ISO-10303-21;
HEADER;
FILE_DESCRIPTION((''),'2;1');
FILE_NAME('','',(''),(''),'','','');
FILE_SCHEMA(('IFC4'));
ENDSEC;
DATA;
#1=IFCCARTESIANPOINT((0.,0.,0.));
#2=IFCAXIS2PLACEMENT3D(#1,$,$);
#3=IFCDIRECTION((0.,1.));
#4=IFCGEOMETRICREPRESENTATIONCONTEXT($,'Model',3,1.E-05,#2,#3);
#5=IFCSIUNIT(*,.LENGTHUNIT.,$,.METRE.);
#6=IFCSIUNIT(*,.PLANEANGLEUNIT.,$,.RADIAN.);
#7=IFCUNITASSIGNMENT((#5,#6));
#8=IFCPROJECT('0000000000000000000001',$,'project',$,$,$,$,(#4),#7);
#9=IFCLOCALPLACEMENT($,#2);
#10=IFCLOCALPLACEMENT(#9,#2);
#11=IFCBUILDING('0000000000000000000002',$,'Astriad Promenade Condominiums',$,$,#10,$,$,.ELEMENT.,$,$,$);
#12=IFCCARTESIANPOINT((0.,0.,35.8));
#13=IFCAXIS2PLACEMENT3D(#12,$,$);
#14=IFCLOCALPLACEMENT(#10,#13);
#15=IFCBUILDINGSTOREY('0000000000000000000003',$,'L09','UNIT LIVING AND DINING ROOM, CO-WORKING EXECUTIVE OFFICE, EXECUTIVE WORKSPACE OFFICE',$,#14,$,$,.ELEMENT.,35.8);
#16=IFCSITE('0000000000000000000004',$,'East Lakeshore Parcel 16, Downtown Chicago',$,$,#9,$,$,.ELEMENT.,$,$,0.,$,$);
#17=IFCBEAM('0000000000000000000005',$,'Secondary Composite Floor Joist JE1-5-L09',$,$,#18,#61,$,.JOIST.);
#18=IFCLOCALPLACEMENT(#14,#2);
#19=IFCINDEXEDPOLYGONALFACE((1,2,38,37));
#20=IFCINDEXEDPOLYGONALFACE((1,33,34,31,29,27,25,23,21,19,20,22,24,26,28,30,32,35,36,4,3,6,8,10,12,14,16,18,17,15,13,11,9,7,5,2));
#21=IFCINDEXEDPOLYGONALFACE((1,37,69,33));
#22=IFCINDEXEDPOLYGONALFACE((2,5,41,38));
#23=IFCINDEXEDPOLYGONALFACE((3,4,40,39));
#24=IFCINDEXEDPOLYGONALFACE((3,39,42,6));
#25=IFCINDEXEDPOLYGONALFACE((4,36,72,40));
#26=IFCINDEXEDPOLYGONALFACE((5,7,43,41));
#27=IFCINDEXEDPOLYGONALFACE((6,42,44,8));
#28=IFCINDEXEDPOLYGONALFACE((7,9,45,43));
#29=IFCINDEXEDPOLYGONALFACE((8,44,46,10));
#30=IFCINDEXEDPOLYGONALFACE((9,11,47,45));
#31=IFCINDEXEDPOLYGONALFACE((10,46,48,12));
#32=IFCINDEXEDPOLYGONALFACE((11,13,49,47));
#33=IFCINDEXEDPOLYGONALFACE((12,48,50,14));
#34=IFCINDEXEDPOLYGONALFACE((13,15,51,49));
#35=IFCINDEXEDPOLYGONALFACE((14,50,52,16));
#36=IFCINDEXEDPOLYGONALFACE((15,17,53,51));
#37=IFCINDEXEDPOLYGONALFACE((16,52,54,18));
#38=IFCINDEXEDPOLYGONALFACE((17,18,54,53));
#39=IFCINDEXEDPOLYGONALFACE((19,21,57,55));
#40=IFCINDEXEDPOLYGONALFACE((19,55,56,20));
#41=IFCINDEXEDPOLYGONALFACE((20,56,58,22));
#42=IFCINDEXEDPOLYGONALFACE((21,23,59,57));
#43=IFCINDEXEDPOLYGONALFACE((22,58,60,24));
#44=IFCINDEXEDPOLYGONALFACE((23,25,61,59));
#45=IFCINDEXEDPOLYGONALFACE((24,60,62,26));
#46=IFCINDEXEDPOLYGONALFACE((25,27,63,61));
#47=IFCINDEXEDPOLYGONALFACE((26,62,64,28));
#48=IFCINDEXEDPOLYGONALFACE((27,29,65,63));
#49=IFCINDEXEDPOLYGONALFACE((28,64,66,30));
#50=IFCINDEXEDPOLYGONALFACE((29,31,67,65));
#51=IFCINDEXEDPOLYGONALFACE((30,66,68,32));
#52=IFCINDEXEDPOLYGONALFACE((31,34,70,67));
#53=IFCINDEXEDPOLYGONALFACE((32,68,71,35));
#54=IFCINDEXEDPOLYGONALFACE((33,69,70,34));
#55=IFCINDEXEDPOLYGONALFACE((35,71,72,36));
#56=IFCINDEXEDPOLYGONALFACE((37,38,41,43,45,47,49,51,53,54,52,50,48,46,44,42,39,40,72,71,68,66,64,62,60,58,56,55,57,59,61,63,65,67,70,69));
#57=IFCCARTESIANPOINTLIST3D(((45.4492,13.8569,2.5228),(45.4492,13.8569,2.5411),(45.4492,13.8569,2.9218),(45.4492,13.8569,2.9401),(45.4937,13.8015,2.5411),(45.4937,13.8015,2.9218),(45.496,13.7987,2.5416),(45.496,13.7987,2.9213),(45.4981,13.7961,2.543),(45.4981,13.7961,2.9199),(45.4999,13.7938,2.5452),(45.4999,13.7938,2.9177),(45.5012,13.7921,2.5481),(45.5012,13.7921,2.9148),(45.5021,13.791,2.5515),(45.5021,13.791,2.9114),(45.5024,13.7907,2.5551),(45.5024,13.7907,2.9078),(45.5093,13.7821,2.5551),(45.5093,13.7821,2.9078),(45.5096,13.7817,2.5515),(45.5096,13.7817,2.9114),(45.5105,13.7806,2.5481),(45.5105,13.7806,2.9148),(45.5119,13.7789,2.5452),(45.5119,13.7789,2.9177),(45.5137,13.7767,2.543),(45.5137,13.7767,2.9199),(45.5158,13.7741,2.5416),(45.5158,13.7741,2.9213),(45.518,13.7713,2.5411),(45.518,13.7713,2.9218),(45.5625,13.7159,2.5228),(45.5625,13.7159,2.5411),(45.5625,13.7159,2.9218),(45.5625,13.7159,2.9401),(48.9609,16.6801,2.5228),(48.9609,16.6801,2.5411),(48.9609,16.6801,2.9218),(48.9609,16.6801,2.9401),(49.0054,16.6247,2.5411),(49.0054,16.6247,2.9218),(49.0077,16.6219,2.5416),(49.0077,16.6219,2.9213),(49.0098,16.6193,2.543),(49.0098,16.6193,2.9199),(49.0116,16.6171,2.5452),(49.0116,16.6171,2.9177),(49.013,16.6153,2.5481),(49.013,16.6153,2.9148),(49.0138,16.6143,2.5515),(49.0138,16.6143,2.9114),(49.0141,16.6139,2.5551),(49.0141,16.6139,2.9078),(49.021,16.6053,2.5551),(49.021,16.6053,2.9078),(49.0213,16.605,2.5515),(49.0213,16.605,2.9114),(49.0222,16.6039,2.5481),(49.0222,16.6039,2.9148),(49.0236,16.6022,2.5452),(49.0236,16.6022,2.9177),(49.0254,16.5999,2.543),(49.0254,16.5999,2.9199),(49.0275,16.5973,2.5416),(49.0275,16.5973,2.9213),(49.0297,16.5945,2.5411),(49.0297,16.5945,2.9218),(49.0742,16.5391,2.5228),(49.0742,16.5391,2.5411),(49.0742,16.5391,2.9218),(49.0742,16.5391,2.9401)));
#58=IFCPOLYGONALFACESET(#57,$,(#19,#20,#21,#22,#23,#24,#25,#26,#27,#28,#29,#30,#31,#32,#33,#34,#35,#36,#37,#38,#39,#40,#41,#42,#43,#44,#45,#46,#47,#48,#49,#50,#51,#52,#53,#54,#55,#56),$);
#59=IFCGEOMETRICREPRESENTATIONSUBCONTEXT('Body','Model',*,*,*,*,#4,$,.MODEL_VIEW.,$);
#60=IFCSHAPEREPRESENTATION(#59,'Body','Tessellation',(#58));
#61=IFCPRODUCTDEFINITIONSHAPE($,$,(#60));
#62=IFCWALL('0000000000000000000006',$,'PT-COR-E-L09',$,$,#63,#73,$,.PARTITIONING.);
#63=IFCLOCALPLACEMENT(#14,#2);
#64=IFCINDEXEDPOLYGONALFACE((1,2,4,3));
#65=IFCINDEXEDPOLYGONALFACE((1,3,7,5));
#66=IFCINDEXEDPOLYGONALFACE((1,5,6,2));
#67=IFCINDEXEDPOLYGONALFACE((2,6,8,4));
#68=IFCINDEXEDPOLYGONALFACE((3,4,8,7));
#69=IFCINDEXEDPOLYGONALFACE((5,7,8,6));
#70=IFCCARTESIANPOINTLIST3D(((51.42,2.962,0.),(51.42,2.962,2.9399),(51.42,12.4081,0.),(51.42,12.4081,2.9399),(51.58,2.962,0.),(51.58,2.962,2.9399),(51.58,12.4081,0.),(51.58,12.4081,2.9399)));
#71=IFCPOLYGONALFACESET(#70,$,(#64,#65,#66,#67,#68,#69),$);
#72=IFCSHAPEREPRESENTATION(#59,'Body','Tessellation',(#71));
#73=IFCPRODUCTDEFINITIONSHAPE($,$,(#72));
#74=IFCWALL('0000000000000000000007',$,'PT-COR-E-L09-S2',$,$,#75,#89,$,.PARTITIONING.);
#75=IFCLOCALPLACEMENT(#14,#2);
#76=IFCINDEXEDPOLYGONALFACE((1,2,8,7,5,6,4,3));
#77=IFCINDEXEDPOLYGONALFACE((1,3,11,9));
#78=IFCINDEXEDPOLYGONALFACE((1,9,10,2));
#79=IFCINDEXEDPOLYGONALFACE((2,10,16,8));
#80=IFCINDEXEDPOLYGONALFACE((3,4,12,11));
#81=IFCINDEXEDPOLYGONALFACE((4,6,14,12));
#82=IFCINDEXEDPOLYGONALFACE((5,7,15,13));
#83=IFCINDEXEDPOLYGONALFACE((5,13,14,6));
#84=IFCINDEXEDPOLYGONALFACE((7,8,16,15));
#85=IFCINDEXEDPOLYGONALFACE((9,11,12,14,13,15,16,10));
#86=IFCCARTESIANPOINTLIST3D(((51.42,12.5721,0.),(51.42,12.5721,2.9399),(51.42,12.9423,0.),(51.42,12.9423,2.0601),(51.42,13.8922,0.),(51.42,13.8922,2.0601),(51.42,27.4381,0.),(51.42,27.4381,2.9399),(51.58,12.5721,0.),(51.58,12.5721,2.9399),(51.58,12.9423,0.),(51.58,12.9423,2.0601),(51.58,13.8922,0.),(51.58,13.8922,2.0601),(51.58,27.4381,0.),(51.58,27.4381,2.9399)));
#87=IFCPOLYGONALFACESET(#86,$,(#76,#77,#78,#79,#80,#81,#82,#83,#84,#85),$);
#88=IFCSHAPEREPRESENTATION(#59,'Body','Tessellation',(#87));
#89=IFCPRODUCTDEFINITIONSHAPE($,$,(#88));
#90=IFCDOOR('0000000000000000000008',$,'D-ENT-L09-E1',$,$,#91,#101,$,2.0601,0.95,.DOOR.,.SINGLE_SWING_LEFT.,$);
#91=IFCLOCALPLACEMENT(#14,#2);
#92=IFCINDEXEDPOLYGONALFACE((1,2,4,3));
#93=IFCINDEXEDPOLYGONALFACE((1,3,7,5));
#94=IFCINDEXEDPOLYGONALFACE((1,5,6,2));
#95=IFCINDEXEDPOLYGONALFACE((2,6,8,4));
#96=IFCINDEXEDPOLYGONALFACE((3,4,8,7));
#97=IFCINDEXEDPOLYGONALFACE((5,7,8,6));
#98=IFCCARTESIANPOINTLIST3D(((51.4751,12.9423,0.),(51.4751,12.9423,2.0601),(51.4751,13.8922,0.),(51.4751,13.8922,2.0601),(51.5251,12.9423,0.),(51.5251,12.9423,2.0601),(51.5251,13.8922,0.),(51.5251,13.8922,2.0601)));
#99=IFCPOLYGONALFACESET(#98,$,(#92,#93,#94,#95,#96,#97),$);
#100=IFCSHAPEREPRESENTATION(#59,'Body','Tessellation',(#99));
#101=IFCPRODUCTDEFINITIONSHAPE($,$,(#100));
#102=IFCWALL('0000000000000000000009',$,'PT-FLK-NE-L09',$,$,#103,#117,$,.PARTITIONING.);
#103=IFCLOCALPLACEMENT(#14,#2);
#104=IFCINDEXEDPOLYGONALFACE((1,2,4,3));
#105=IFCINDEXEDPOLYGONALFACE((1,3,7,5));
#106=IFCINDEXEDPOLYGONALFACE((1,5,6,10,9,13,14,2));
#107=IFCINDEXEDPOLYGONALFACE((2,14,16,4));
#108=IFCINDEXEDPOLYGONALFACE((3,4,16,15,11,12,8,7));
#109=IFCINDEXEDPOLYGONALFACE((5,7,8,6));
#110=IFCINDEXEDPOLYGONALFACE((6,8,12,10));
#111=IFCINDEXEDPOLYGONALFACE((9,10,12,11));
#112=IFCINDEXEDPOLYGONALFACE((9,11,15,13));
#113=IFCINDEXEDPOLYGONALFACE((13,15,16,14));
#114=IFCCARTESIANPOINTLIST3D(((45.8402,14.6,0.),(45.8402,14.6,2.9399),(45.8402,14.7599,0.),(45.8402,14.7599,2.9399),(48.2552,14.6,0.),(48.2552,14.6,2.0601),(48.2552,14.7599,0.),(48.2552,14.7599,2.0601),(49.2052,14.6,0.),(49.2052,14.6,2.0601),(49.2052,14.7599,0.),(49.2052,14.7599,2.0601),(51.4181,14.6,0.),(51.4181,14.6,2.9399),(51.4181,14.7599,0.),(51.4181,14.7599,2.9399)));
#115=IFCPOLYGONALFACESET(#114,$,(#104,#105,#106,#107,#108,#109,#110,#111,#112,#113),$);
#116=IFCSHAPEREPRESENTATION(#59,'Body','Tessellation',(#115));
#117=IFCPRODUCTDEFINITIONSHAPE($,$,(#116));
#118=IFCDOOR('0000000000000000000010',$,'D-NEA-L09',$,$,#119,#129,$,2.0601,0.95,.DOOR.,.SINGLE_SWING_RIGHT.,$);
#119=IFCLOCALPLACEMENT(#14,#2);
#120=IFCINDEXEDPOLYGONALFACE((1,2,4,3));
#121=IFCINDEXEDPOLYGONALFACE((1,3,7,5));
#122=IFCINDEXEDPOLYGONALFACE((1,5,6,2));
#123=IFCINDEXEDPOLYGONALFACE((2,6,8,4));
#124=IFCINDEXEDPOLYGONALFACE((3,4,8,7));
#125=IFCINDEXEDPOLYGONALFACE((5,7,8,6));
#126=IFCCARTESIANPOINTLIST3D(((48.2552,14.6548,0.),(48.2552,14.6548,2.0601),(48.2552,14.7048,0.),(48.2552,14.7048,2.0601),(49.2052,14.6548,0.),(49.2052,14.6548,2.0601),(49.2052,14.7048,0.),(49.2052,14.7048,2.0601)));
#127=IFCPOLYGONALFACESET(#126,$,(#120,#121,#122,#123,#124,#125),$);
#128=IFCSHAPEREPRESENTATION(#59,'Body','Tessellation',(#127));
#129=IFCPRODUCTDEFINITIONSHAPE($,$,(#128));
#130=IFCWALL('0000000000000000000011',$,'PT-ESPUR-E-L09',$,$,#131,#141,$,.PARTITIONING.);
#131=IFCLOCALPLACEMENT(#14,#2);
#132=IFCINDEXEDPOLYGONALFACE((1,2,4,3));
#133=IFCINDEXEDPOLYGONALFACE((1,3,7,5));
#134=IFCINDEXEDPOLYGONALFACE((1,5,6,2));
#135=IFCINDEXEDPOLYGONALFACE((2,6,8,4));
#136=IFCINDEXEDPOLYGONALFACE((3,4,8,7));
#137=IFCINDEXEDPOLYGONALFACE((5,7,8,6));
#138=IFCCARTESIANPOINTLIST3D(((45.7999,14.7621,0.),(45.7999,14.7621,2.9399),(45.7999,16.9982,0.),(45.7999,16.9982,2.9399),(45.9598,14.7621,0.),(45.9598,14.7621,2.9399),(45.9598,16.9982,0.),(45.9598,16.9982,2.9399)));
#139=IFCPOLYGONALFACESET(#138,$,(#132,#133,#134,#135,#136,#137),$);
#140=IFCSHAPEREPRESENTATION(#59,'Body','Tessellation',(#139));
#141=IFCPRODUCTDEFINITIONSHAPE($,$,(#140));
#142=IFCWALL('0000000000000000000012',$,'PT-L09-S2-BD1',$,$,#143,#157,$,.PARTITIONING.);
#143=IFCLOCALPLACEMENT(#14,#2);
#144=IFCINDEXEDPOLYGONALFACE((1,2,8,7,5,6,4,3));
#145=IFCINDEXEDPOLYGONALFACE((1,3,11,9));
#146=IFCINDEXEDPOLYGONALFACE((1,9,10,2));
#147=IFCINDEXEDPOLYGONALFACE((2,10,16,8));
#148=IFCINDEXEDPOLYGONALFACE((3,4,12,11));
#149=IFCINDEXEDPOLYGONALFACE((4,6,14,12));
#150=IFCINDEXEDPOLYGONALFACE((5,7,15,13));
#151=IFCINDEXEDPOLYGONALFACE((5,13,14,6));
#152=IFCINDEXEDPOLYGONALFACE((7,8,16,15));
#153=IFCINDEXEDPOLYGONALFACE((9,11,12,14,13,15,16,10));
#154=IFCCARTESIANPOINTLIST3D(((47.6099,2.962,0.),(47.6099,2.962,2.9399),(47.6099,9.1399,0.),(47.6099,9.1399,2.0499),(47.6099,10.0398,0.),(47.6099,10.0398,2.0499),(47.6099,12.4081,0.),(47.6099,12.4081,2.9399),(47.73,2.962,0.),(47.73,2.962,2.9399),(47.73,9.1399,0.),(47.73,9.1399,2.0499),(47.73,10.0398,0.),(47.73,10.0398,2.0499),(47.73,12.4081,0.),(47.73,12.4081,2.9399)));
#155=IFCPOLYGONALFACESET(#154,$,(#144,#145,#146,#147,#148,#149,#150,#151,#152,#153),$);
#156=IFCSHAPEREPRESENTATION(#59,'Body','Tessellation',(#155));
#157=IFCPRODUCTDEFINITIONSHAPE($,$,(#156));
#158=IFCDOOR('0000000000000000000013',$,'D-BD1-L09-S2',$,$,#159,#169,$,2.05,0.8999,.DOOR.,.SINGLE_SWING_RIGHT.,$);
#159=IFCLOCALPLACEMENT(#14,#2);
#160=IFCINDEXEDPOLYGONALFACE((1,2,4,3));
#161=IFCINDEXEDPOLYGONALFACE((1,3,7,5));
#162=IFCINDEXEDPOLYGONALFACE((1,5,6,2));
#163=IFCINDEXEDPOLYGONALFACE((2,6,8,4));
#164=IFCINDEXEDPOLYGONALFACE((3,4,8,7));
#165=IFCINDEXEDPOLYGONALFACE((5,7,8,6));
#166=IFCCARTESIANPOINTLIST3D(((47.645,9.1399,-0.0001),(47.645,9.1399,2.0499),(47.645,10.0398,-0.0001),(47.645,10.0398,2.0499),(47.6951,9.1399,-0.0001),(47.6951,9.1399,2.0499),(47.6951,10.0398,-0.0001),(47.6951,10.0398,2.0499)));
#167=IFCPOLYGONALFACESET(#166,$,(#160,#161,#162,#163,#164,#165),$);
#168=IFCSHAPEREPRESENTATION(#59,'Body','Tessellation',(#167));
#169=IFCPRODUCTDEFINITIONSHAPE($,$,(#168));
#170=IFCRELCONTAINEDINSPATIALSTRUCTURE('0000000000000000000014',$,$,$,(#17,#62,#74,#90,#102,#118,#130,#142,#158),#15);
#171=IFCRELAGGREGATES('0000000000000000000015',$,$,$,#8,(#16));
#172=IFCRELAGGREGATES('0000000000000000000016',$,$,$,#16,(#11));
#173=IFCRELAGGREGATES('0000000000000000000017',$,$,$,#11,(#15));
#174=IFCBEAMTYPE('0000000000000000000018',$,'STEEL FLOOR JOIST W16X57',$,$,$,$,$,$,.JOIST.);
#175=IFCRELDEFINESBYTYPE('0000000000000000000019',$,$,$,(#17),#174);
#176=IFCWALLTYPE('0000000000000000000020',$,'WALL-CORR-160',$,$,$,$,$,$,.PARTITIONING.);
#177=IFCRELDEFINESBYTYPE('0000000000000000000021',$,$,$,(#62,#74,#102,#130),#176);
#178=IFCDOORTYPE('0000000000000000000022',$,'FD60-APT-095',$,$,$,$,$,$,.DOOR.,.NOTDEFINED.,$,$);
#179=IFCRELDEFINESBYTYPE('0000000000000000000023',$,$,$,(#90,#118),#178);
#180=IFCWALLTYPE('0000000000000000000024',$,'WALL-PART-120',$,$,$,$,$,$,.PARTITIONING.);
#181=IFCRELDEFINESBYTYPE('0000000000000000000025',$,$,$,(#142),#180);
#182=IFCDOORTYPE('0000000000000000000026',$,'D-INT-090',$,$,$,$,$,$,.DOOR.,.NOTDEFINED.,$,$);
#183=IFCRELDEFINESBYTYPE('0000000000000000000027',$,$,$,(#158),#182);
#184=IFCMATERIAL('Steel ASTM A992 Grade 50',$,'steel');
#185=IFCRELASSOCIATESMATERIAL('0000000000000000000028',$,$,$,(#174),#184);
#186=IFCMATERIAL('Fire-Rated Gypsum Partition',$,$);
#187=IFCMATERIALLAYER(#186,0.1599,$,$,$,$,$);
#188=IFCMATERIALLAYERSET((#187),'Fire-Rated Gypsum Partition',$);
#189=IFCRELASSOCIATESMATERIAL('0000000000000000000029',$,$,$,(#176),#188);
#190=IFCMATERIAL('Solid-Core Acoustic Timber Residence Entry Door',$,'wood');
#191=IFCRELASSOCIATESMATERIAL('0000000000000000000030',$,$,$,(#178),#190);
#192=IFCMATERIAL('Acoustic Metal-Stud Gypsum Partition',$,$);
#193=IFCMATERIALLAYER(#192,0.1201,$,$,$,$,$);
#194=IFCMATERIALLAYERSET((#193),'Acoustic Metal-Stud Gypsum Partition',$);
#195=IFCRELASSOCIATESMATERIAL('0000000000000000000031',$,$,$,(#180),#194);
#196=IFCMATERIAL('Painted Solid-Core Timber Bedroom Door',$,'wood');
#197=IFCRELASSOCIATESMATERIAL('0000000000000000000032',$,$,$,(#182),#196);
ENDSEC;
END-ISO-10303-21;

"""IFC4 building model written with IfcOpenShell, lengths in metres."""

from ifc_helpers import new_model, si_unit, direction, frame, frame_2d, origin, origin_2d, place, context, subcontext, project, spatial, rectangle, i_section, extrude, source, transform, mapped, material, layer, layer_set, material_profile, profile_set, type_object, type_shapes, element, fill, save


model = new_model("IFC4")

# Units and contexts
model_context = context("Model", 3, precision=1e-05, world=origin(), true_north=direction((0.0, 1.0)))
body_context = subcontext(model_context, "Body", "Model", "MODEL_VIEW")
ifc_project = project(units=[si_unit("LENGTHUNIT", "METRE"), si_unit("PLANEANGLEUNIT", "RADIAN")], contexts=[model_context])

# Site, building, storey
site_placement = place(None, origin())
site = spatial("IfcSite", under=ifc_project, at=site_placement, Name="East Lakeshore Parcel 16, Downtown Chicago", CompositionType="ELEMENT", RefElevation=0.0)
building_placement = place(site_placement, origin())
building = spatial("IfcBuilding", under=site, at=building_placement, Name="Astriad Promenade Condominiums", CompositionType="ELEMENT")
storey_placement = place(building_placement, frame((0.0, 0.0, 35.8)))
storey = spatial("IfcBuildingStorey", under=building, at=storey_placement, Name="L09", Description="UNIT LIVING AND DINING ROOM, CO-WORKING EXECUTIVE OFFICE, EXECUTIVE WORKSPACE OFFICE", CompositionType="ELEMENT", Elevation=35.8)

# Beam
ifc_material_1 = material(Name="Steel ASTM A992 Grade 50", Category="steel")
ifc_material_profile_1 = material_profile(ifc_material_1, i_section(OverallWidth=0.1809, OverallDepth=0.4172, WebThickness=0.011, FlangeThickness=0.0183, FilletRadius=0.0139, at=origin_2d()), Name="W16X57")
ifc_profile_set_1 = profile_set([ifc_material_profile_1], Name="Steel ASTM A992 Grade 50")
beam_type_1 = type_object("IfcBeamType", Name="STEEL FLOOR JOIST W16X57", PredefinedType="JOIST", material=ifc_profile_set_1)
shared_shape_1 = source(origin(), body_context, "Body", "SweptSolid", [
    extrude(i_section(OverallWidth=0.1809, OverallDepth=0.4172, WebThickness=0.011, FlangeThickness=0.0183, FilletRadius=0.0139, at=origin_2d()), origin(), (0.0, 0.0, 1.0), 4.5059),
])
beam_1_placement = place(storey_placement, frame((45.5059, 13.7864, 2.7314), z_axis=(0.779365, 0.62657, 0.0), x_axis=(-0.62657, 0.779365, 0.0)))
element("IfcBeam", 1, at=beam_1_placement, inside=storey, type_object=beam_type_1, Name="Secondary Composite Floor Joist JE1-5-L09", PredefinedType="JOIST", context=body_context, shape_type="MappedRepresentation", body=[
    mapped(shared_shape_1, transform((0.0, 0.0, 0.0), scale=1.0)),
])

# Wall
ifc_material_2 = material(Name="Fire-Rated Gypsum Partition")
ifc_layer_1 = layer(ifc_material_2, 0.1599)
ifc_layer_set_1 = layer_set([ifc_layer_1], Name="Fire-Rated Gypsum Partition")
wall_type_1 = type_object("IfcWallType", Name="WALL-CORR-160", PredefinedType="PARTITIONING", material=ifc_layer_set_1)
wall_1_placement = place(storey_placement, frame((51.5, 2.9619, 0.0), z_axis=(0.0, 0.0, 1.0), x_axis=(0.0, 1.0, 0.0)))
element("IfcWall", 2, at=wall_1_placement, inside=storey, type_object=wall_type_1, Name="PT-COR-E-L09", PredefinedType="PARTITIONING", context=body_context, shape_type="SweptSolid", body=[
    extrude(rectangle(XDim=9.446, YDim=0.1599, at=frame_2d((4.7231, 0.0))), origin(), (0.0, 0.0, 1.0), 2.9399),
])

# Walls, openings, doors
wall_2_placement = place(storey_placement, frame((51.5, 12.572, 0.0), z_axis=(0.0, 0.0, 1.0), x_axis=(0.0, 1.0, 0.0)))
wall_2 = element("IfcWall", 3, at=wall_2_placement, inside=storey, type_object=wall_type_1, Name="PT-COR-E-L09-S2", PredefinedType="PARTITIONING", context=body_context, shape_type="SweptSolid", body=[
    extrude(rectangle(XDim=14.866, YDim=0.1599, at=frame_2d((7.4331, 0.0))), origin(), (0.0, 0.0, 1.0), 2.9399),
])
opening_1_placement = place(wall_2_placement, frame((0.3701, 0.0, 0.0)))
opening_1 = element("IfcOpeningElement", 4, at=opening_1_placement, cuts=wall_2, PredefinedType="OPENING", context=body_context, shape_type="SweptSolid", body=[
    extrude(rectangle(XDim=0.95, YDim=2.0601, at=frame_2d((0.4751, 1.03))), frame((0.0, 0.0898, 0.0), z_axis=(0.0, -1.0, 0.0), x_axis=(1.0, 0.0, 0.0)), (0.0, 0.0, 1.0), 0.1799),
])
ifc_material_3 = material(Name="Solid-Core Acoustic Timber Residence Entry Door", Category="wood")
door_type_1 = type_object("IfcDoorType", Name="FD60-APT-095", OperationType="NOTDEFINED", PredefinedType="DOOR", material=ifc_material_3)
shared_shape_2 = source(origin(), body_context, "Body", "SweptSolid", [
    extrude(rectangle(XDim=0.95, YDim=2.0601, at=frame_2d((0.4751, 1.03))), frame((0.0, 0.0249, 0.0), z_axis=(0.0, -1.0, 0.0), x_axis=(1.0, 0.0, 0.0)), (0.0, 0.0, 1.0), 0.05),
])
type_shapes(door_type_1, [shared_shape_2])
door_1_placement = place(opening_1_placement, origin())
door_1 = element("IfcDoor", 5, at=door_1_placement, inside=storey, type_object=door_type_1, Name="D-ENT-L09-E1", OperationType="SINGLE_SWING_LEFT", OverallHeight=2.0601, OverallWidth=0.95, PredefinedType="DOOR", context=body_context, shape_type="MappedRepresentation", body=[
    mapped(shared_shape_2, transform((0.0, 0.0, 0.0), scale=1.0)),
])
fill(opening_1, door_1)
wall_3_placement = place(storey_placement, frame((45.8401, 14.6799, 0.0), z_axis=(0.0, 0.0, 1.0), x_axis=(1.0, 0.0, 0.0)))
wall_3 = element("IfcWall", 6, at=wall_3_placement, inside=storey, type_object=wall_type_1, Name="PT-FLK-NE-L09", PredefinedType="PARTITIONING", context=body_context, shape_type="SweptSolid", body=[
    extrude(rectangle(XDim=5.5779, YDim=0.1599, at=frame_2d((2.7891, 0.0))), origin(), (0.0, 0.0, 1.0), 2.9399),
])
opening_2_placement = place(wall_3_placement, frame((2.415, 0.0, 0.0)))
opening_2 = element("IfcOpeningElement", 7, at=opening_2_placement, cuts=wall_3, PredefinedType="OPENING", context=body_context, shape_type="SweptSolid", body=[
    extrude(rectangle(XDim=0.95, YDim=2.0601, at=frame_2d((0.4751, 1.03))), frame((0.0, 0.0898, 0.0), z_axis=(0.0, -1.0, 0.0), x_axis=(1.0, 0.0, 0.0)), (0.0, 0.0, 1.0), 0.1799),
])
door_2_placement = place(opening_2_placement, origin())
door_2 = element("IfcDoor", 8, at=door_2_placement, inside=storey, type_object=door_type_1, Name="D-NEA-L09", OperationType="SINGLE_SWING_RIGHT", OverallHeight=2.0601, OverallWidth=0.95, PredefinedType="DOOR", context=body_context, shape_type="MappedRepresentation", body=[
    mapped(shared_shape_2, transform((0.0, 0.0, 0.0), scale=1.0)),
])
fill(opening_2, door_2)

# Wall
wall_4_placement = place(storey_placement, frame((45.8799, 14.762, 0.0), z_axis=(0.0, 0.0, 1.0), x_axis=(0.0, 1.0, 0.0)))
element("IfcWall", 9, at=wall_4_placement, inside=storey, type_object=wall_type_1, Name="PT-ESPUR-E-L09", PredefinedType="PARTITIONING", context=body_context, shape_type="SweptSolid", body=[
    extrude(rectangle(XDim=2.2361, YDim=0.1599, at=frame_2d((1.1182, 0.0))), origin(), (0.0, 0.0, 1.0), 2.9399),
])

# Wall, opening, door
ifc_material_4 = material(Name="Acoustic Metal-Stud Gypsum Partition")
ifc_layer_2 = layer(ifc_material_4, 0.1201)
ifc_layer_set_2 = layer_set([ifc_layer_2], Name="Acoustic Metal-Stud Gypsum Partition")
wall_type_2 = type_object("IfcWallType", Name="WALL-PART-120", PredefinedType="PARTITIONING", material=ifc_layer_set_2)
wall_5_placement = place(storey_placement, frame((47.6699, 2.9619, 0.0), z_axis=(0.0, 0.0, 1.0), x_axis=(0.0, 1.0, 0.0)))
wall_5 = element("IfcWall", 10, at=wall_5_placement, inside=storey, type_object=wall_type_2, Name="PT-L09-S2-BD1", PredefinedType="PARTITIONING", context=body_context, shape_type="SweptSolid", body=[
    extrude(rectangle(XDim=9.446, YDim=0.1201, at=frame_2d((4.7231, 0.0))), origin(), (0.0, 0.0, 1.0), 2.9399),
])
opening_3_placement = place(wall_5_placement, frame((6.178, 0.0, 0.0)))
opening_3 = element("IfcOpeningElement", 11, at=opening_3_placement, cuts=wall_5, PredefinedType="OPENING", context=body_context, shape_type="SweptSolid", body=[
    extrude(rectangle(XDim=0.8999, YDim=2.05, at=frame_2d((0.45, 1.0249))), frame((0.0, 0.0701, 0.0), z_axis=(0.0, -1.0, 0.0), x_axis=(1.0, 0.0, 0.0)), (0.0, 0.0, 1.0), 0.1401),
])
ifc_material_5 = material(Name="Painted Solid-Core Timber Bedroom Door", Category="wood")
door_type_2 = type_object("IfcDoorType", Name="D-INT-090", OperationType="NOTDEFINED", PredefinedType="DOOR", material=ifc_material_5)
shared_shape_3 = source(origin(), body_context, "Body", "SweptSolid", [
    extrude(rectangle(XDim=0.8999, YDim=2.05, at=frame_2d((0.45, 1.0249))), frame((0.0, 0.0249, 0.0), z_axis=(0.0, -1.0, 0.0), x_axis=(1.0, 0.0, 0.0)), (0.0, 0.0, 1.0), 0.05),
])
type_shapes(door_type_2, [shared_shape_3])
door_3_placement = place(opening_3_placement, origin())
door_3 = element("IfcDoor", 12, at=door_3_placement, inside=storey, type_object=door_type_2, Name="D-BD1-L09-S2", OperationType="SINGLE_SWING_RIGHT", OverallHeight=2.05, OverallWidth=0.8999, PredefinedType="DOOR", context=body_context, shape_type="MappedRepresentation", body=[
    mapped(shared_shape_3, transform((0.0, 0.0, 0.0), scale=1.0)),
])
fill(opening_3, door_3)

save(model, "model.ifc")
